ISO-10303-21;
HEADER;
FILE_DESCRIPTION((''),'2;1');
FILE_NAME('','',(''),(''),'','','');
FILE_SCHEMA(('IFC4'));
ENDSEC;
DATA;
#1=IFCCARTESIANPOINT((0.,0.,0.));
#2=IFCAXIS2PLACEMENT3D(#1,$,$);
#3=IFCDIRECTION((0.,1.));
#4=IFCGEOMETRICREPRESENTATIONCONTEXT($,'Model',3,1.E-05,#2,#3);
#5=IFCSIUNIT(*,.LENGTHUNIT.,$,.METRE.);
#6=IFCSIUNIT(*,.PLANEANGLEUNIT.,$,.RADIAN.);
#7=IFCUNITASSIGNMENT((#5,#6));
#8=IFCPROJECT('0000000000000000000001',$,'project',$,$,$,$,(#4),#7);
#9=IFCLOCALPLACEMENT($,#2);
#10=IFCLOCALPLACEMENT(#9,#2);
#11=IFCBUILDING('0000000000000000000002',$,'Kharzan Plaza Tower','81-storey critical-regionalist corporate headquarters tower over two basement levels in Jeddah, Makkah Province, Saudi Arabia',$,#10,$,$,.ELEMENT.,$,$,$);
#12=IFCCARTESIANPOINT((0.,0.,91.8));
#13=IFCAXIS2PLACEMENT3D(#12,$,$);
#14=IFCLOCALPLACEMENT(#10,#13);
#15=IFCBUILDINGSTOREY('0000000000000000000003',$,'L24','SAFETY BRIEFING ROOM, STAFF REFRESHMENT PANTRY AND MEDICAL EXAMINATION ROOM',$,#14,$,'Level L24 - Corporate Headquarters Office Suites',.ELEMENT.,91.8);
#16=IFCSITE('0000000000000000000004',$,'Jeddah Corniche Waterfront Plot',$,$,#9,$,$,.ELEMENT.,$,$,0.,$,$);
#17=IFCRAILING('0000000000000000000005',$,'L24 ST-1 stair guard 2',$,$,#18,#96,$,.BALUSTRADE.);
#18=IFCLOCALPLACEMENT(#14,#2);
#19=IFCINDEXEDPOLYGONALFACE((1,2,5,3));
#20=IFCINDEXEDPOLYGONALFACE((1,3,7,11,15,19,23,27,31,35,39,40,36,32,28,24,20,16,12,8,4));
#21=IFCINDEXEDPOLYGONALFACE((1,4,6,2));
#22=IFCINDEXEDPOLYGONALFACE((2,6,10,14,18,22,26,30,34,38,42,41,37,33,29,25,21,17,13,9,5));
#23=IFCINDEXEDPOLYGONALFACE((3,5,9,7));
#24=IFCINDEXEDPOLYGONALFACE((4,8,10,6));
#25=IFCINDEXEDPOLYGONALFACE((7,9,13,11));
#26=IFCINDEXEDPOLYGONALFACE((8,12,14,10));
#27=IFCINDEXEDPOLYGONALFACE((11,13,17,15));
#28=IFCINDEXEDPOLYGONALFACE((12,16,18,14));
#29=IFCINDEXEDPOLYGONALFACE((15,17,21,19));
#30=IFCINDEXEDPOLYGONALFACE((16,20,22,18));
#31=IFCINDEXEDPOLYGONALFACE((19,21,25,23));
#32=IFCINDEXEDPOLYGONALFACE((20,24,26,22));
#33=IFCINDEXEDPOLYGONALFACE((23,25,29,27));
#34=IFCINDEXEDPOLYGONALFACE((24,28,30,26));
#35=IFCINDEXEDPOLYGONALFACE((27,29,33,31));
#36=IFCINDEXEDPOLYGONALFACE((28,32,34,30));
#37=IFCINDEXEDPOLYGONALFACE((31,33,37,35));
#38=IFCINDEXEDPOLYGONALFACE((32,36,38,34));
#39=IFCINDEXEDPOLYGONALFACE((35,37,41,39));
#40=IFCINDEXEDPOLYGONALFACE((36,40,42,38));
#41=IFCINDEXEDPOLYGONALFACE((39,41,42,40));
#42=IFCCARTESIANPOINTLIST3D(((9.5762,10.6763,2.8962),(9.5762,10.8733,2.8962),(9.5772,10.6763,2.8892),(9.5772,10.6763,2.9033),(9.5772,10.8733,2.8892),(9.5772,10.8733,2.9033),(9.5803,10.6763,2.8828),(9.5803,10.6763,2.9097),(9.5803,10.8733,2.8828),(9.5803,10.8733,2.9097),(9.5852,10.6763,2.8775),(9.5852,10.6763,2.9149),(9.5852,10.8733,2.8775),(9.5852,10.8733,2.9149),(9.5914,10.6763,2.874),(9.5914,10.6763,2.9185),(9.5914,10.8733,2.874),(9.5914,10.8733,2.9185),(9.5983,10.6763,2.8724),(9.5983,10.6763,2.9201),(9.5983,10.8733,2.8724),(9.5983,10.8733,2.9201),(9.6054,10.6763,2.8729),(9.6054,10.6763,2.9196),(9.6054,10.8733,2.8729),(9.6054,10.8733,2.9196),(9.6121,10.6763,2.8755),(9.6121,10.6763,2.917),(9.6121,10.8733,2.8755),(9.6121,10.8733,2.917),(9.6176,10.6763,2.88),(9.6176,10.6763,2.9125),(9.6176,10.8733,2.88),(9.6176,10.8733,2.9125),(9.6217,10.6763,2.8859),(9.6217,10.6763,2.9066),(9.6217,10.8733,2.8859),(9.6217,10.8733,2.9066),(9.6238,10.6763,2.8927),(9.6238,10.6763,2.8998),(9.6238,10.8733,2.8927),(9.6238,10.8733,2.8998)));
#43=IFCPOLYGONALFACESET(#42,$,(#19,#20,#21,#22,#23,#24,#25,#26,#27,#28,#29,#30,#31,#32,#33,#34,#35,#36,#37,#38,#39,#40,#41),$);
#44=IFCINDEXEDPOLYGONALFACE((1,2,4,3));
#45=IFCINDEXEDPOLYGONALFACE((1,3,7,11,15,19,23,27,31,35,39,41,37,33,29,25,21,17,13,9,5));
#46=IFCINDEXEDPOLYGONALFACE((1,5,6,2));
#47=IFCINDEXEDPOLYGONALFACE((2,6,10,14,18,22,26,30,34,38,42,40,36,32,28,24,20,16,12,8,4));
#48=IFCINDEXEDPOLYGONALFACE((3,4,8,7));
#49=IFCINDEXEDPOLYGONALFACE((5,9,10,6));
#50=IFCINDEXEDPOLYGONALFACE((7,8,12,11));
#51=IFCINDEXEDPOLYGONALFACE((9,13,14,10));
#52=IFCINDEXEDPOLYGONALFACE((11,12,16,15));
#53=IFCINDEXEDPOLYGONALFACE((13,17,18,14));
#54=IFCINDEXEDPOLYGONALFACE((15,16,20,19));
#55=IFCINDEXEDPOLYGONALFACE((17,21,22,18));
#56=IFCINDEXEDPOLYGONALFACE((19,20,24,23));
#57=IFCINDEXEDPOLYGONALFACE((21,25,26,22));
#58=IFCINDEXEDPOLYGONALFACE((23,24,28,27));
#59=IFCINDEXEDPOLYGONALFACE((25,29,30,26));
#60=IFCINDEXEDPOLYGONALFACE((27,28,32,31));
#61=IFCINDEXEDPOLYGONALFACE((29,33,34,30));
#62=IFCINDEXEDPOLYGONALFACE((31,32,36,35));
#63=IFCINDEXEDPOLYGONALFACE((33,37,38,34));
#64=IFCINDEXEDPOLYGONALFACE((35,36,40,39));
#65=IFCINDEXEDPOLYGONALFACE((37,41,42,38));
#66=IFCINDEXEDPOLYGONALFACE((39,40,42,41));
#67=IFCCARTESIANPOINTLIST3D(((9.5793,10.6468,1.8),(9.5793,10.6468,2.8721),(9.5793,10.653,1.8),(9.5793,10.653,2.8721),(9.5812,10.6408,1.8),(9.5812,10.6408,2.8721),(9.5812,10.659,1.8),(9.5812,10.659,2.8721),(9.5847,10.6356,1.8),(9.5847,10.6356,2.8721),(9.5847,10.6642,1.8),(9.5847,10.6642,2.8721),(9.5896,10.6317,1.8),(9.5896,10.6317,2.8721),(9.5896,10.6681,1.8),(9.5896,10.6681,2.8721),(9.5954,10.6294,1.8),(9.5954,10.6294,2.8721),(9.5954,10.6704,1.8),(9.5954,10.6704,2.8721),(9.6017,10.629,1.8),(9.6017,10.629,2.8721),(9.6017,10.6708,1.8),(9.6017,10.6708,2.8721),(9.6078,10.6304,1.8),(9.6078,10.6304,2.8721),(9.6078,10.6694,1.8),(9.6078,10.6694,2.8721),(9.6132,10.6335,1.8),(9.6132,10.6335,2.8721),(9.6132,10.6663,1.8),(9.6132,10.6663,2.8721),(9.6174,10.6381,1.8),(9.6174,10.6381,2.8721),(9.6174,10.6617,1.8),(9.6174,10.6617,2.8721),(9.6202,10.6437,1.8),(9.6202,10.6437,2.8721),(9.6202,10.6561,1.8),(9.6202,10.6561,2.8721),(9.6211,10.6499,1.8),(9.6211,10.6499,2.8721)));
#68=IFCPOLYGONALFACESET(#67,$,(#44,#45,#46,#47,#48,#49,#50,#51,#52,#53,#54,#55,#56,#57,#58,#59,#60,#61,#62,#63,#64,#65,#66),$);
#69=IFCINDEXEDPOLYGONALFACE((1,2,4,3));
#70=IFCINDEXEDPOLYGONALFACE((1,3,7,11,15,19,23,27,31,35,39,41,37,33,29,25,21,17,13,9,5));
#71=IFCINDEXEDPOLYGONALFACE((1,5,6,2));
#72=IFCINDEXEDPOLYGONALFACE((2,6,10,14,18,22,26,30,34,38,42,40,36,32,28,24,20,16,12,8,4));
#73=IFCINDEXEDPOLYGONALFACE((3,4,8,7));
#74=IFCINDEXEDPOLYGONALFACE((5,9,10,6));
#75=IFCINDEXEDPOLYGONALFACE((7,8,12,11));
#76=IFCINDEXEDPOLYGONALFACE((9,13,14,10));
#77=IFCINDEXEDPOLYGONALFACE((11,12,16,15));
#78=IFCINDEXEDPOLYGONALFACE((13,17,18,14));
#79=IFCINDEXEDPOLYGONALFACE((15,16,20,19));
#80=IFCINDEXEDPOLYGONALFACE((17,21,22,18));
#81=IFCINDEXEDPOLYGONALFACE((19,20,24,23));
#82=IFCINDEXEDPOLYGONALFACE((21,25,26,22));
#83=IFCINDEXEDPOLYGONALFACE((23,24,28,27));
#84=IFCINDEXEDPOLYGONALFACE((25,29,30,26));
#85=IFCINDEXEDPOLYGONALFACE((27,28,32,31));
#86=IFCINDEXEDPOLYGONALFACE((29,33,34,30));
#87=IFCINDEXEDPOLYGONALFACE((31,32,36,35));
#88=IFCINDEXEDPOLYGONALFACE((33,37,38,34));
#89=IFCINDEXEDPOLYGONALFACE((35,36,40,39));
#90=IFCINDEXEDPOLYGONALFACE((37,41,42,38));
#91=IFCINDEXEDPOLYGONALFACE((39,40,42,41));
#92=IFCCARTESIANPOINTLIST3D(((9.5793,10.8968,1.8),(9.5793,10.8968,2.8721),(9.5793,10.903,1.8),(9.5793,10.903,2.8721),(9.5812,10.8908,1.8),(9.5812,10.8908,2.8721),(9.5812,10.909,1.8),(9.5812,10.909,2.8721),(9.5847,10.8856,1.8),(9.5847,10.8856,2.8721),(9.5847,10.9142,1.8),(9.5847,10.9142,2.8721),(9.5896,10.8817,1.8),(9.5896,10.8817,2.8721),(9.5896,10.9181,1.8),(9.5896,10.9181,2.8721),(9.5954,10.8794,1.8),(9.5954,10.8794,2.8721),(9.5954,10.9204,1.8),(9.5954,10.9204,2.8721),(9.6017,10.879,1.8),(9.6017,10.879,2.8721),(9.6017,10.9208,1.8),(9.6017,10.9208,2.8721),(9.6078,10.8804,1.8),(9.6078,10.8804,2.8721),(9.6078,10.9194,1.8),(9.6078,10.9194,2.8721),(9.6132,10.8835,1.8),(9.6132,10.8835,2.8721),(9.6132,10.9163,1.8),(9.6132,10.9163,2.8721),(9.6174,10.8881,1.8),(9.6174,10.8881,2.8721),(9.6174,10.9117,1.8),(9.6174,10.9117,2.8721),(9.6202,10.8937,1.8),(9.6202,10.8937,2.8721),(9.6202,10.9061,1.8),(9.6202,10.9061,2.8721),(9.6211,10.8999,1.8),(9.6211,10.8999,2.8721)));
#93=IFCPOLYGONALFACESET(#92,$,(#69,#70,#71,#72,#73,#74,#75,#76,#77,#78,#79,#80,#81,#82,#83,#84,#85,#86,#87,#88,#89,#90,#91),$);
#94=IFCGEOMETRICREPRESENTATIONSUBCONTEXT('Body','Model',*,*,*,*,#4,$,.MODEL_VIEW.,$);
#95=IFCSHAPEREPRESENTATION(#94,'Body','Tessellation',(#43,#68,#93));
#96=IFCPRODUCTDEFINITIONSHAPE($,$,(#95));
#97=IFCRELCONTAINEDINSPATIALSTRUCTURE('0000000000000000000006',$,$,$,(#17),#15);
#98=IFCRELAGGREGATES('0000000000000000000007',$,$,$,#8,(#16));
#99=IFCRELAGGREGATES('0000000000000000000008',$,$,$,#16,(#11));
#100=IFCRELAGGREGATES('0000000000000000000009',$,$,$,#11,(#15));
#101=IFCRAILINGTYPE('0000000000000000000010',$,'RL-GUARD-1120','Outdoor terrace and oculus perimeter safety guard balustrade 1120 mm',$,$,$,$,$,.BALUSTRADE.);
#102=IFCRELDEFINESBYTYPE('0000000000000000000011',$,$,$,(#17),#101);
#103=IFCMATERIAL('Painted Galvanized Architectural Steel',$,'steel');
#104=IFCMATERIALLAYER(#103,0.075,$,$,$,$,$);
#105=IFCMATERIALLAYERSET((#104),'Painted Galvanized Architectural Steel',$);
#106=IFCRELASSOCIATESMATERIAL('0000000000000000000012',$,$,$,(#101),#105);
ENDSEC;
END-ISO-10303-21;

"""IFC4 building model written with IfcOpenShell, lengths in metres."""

from ifc_helpers import new_model, si_unit, direction, frame, origin, origin_2d, place, context, subcontext, project, spatial, circle, extrude, source, transform, mapped, material, layer, layer_set, type_object, element, save


model = new_model("IFC4")

# Units and contexts
model_context = context("Model", 3, precision=1e-05, world=origin(), true_north=direction((0.0, 1.0)))
body_context = subcontext(model_context, "Body", "Model", "MODEL_VIEW")
ifc_project = project(units=[si_unit("LENGTHUNIT", "METRE"), si_unit("PLANEANGLEUNIT", "RADIAN")], contexts=[model_context])

# Site, building, storey
site_placement = place(None, origin())
site = spatial("IfcSite", under=ifc_project, at=site_placement, Name="Jeddah Corniche Waterfront Plot", CompositionType="ELEMENT", RefElevation=0.0)
building_placement = place(site_placement, origin())
building = spatial("IfcBuilding", under=site, at=building_placement, Name="Kharzan Plaza Tower", Description="81-storey critical-regionalist corporate headquarters tower over two basement levels in Jeddah, Makkah Province, Saudi Arabia", CompositionType="ELEMENT")
storey_placement = place(building_placement, frame((0.0, 0.0, 91.8)))
storey = spatial("IfcBuildingStorey", under=building, at=storey_placement, Name="L24", Description="SAFETY BRIEFING ROOM, STAFF REFRESHMENT PANTRY AND MEDICAL EXAMINATION ROOM", LongName="Level L24 - Corporate Headquarters Office Suites", CompositionType="ELEMENT", Elevation=91.8)

# Railing
ifc_material_1 = material(Name="Painted Galvanized Architectural Steel", Category="steel")
ifc_layer_1 = layer(ifc_material_1, 0.075)
ifc_layer_set_1 = layer_set([ifc_layer_1], Name="Painted Galvanized Architectural Steel")
railing_type_1 = type_object("IfcRailingType", Name="RL-GUARD-1120", Description="Outdoor terrace and oculus perimeter safety guard balustrade 1120 mm", PredefinedType="BALUSTRADE", material=ifc_layer_set_1)
shared_shape_1 = source(origin(), body_context, "Body", "SweptSolid", [
    extrude(circle(Radius=0.0239, at=origin_2d()), frame((0.0, 0.0264, 1.0962), z_axis=(0.0, 1.0, 0.0), x_axis=(-1.0, 0.0, 0.0)), (0.0, 0.0, 1.0), 0.197),
    extrude(circle(Radius=0.021, at=origin_2d()), origin(), (0.0, 0.0, 1.0), 1.072),
    extrude(circle(Radius=0.021, at=origin_2d()), frame((0.0, 0.25, 0.0)), (0.0, 0.0, 1.0), 1.072),
])
railing_1_placement = place(storey_placement, frame((9.6001, 10.6499, 1.8)))
element("IfcRailing", 1, at=railing_1_placement, inside=storey, type_object=railing_type_1, Name="L24 ST-1 stair guard 2", PredefinedType="BALUSTRADE", context=body_context, shape_type="MappedRepresentation", body=[
    mapped(shared_shape_1, transform((0.0, 0.0, 0.0), x_axis=(1.0, 0.0, 0.0), y_axis=(0.0, 1.0, 0.0), z_axis=(0.0, 0.0, 1.0))),
])

save(model, "model.ifc")
